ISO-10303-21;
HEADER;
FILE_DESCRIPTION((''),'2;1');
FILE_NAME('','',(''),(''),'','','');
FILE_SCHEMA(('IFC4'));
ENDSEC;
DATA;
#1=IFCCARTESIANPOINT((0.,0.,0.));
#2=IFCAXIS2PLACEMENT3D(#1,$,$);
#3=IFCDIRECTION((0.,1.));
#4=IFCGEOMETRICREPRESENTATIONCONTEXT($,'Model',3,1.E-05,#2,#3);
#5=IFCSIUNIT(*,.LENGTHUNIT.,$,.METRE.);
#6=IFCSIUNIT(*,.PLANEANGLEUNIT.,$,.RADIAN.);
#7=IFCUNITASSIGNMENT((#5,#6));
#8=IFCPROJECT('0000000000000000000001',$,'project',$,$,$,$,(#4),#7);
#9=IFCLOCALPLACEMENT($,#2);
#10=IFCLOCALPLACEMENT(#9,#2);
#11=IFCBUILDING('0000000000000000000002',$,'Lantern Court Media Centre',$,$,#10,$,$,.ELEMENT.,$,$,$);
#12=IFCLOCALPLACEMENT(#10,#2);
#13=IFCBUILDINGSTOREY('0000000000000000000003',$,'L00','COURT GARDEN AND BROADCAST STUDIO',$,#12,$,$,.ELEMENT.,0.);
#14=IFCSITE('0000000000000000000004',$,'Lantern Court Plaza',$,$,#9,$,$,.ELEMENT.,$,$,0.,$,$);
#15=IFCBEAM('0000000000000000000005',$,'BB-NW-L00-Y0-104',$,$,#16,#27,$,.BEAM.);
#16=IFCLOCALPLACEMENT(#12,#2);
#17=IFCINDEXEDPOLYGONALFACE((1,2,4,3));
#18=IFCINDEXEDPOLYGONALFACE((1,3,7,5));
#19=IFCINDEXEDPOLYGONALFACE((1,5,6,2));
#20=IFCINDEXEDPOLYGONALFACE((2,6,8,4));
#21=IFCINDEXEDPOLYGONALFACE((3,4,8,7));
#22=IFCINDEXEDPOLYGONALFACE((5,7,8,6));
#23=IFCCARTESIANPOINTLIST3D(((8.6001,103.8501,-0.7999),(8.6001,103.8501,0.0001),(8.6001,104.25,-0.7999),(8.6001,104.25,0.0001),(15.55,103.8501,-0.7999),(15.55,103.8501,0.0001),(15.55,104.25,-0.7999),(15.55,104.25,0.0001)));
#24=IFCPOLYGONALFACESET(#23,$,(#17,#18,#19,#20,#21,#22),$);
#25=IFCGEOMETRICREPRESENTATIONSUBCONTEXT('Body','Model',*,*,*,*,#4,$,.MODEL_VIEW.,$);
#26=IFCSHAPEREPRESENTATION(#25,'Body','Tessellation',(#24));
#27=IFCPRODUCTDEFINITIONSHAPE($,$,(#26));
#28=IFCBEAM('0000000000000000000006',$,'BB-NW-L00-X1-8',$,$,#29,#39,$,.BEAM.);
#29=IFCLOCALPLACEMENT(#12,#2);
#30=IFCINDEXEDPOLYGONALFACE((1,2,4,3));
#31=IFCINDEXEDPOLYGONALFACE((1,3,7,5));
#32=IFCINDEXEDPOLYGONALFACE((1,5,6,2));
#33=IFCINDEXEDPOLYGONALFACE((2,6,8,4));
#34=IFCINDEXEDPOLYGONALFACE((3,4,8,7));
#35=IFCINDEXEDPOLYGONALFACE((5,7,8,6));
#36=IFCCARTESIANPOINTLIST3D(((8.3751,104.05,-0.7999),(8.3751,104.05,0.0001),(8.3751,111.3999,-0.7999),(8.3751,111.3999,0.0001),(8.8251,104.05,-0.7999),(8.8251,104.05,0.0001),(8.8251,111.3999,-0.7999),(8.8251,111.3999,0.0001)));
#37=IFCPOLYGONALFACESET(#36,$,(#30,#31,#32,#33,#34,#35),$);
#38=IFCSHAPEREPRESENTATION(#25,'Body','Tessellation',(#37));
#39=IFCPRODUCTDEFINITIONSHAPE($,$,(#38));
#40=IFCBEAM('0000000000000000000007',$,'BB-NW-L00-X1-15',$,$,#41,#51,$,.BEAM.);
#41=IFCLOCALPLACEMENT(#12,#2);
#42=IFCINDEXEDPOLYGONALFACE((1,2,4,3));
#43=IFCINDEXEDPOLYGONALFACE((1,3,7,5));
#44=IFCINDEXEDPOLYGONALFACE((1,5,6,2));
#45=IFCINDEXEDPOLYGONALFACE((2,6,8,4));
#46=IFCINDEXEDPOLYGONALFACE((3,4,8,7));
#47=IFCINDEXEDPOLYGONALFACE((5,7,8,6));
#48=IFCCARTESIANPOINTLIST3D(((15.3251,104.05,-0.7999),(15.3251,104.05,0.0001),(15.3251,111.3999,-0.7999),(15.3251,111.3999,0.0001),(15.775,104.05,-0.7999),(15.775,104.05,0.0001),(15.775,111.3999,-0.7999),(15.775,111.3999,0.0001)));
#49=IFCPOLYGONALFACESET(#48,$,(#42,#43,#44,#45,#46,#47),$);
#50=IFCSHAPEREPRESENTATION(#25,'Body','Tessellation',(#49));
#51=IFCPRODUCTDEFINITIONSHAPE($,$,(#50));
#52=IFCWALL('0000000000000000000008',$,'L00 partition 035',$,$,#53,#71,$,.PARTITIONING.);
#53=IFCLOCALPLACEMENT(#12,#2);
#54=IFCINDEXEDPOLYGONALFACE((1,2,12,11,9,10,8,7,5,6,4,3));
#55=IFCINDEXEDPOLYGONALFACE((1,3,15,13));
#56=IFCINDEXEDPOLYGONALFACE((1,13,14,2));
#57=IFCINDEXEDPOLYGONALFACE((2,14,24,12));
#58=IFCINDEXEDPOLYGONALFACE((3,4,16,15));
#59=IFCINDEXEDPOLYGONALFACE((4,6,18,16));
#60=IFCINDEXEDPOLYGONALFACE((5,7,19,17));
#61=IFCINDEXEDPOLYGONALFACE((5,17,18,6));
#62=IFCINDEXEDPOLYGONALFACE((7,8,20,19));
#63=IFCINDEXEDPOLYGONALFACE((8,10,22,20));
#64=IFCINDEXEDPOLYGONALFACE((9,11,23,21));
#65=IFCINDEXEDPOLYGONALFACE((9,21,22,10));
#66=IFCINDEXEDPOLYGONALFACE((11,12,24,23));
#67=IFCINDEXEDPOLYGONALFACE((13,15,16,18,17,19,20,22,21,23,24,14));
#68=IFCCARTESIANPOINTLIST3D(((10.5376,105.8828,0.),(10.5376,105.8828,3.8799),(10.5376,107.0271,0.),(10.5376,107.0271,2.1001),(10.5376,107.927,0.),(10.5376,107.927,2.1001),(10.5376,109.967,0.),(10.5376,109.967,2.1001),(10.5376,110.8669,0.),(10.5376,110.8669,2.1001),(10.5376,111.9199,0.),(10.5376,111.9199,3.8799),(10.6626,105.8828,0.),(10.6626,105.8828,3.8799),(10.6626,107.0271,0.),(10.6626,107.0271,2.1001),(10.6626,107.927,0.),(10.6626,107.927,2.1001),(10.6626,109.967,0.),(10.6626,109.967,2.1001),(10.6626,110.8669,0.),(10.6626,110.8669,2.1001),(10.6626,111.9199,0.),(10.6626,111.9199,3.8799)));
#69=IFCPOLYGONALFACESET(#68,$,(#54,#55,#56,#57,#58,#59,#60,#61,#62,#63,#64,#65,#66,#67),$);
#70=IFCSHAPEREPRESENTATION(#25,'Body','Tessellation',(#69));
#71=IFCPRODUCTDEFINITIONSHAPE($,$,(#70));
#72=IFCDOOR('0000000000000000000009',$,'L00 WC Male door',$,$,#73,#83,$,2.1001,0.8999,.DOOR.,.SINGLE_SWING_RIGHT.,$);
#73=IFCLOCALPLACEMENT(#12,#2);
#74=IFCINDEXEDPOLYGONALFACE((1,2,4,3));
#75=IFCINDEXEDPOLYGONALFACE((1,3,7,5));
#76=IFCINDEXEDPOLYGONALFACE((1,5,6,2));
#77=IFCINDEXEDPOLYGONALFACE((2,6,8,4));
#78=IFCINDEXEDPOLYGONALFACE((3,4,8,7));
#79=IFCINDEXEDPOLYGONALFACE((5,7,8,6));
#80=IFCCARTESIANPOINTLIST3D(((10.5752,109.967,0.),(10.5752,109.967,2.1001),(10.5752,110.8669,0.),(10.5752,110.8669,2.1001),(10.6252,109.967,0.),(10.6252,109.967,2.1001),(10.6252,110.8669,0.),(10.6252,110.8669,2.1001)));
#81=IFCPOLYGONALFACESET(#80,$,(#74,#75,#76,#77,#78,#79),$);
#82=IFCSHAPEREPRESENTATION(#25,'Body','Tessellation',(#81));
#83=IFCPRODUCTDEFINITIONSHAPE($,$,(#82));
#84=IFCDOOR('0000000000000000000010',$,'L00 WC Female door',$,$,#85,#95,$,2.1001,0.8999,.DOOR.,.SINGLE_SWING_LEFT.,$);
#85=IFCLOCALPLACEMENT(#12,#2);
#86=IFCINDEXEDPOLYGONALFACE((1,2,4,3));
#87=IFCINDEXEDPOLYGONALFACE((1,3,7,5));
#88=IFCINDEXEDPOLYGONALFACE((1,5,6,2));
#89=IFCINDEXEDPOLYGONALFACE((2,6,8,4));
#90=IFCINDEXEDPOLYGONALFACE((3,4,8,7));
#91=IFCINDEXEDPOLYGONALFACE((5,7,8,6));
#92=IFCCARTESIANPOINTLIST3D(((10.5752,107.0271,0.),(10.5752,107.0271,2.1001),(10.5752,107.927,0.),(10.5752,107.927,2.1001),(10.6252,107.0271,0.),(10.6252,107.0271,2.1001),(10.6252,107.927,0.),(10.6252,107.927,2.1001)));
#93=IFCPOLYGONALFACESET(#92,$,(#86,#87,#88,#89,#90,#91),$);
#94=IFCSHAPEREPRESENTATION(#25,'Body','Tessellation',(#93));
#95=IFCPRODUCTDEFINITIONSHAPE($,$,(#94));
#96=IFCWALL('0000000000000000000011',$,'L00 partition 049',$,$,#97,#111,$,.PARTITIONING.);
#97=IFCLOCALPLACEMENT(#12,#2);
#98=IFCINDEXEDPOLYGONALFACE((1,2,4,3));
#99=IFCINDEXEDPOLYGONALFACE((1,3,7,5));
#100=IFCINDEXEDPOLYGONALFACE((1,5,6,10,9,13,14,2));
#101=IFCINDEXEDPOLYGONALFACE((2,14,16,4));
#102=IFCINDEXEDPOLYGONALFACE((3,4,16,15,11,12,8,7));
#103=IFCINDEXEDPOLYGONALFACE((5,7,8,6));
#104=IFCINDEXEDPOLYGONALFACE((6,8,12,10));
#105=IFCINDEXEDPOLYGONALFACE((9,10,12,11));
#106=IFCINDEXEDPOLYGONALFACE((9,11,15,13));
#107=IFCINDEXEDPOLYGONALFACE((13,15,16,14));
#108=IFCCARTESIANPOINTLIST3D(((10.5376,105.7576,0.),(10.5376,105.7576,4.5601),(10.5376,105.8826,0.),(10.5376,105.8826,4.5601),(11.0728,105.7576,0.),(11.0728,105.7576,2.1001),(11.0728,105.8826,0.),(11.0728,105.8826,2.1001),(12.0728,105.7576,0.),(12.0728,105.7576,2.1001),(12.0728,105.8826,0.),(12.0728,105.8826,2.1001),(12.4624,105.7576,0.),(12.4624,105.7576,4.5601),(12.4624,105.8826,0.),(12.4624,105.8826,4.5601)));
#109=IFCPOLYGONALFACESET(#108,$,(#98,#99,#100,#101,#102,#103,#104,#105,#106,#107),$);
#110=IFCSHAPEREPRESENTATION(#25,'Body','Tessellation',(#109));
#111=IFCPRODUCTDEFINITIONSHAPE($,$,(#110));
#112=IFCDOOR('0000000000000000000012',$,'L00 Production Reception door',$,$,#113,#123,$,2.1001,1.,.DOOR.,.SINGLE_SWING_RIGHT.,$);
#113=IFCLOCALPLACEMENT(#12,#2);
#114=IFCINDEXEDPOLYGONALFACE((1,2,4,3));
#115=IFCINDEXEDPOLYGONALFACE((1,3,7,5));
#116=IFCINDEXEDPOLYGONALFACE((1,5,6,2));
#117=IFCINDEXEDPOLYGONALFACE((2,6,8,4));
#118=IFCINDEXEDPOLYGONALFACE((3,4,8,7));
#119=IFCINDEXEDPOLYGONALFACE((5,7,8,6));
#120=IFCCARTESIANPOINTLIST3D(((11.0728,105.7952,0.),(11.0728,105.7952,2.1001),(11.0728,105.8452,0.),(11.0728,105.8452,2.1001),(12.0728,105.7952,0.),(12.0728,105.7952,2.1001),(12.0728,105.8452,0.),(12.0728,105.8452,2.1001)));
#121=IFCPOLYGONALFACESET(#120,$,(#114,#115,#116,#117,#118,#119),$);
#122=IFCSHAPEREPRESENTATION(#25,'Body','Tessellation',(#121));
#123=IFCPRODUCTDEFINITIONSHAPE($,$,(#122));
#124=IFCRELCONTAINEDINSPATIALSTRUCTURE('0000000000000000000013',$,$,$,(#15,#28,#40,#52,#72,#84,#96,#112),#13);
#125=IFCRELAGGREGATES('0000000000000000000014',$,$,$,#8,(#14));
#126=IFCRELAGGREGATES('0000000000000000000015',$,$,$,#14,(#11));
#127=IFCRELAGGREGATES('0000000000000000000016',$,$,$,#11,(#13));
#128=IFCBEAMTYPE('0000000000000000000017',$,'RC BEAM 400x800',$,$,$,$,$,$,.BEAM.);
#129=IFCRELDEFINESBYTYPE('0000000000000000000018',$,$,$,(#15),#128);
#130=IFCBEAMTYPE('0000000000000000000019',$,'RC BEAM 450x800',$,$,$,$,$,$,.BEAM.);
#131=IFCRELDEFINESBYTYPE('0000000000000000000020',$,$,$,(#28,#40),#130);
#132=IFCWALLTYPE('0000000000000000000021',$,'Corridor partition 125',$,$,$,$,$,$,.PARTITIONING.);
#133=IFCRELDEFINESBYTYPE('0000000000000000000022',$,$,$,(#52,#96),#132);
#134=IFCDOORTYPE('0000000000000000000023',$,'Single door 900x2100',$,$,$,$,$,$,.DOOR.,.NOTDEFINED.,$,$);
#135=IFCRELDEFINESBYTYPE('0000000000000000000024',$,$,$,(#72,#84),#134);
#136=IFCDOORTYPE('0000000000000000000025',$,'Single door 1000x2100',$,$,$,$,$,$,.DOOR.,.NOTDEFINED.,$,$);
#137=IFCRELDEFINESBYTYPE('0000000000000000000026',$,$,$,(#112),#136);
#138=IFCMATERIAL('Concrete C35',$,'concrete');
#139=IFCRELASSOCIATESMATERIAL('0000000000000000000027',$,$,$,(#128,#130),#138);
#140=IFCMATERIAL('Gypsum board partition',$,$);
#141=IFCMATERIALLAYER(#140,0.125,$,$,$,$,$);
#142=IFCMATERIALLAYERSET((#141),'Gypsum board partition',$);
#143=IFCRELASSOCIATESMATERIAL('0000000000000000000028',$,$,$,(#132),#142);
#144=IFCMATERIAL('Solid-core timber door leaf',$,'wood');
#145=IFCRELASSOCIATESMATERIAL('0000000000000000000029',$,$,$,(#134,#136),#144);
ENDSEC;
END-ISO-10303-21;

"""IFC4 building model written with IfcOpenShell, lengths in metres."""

from ifc_helpers import new_model, si_unit, direction, frame, frame_2d, origin, origin_2d, place, context, subcontext, project, spatial, rectangle, extrude, material, layer, layer_set, material_profile, profile_set, type_object, element, fill, save


model = new_model("IFC4")

# Units and contexts
model_context = context("Model", 3, precision=1e-05, world=origin(), true_north=direction((0.0, 1.0)))
body_context = subcontext(model_context, "Body", "Model", "MODEL_VIEW")
ifc_project = project(units=[si_unit("LENGTHUNIT", "METRE"), si_unit("PLANEANGLEUNIT", "RADIAN")], contexts=[model_context])

# Site, building, storey
site_placement = place(None, origin())
site = spatial("IfcSite", under=ifc_project, at=site_placement, Name="Lantern Court Plaza", CompositionType="ELEMENT", RefElevation=0.0)
building_placement = place(site_placement, origin())
building = spatial("IfcBuilding", under=site, at=building_placement, Name="Lantern Court Media Centre", CompositionType="ELEMENT")
storey_placement = place(building_placement, origin())
storey = spatial("IfcBuildingStorey", under=building, at=storey_placement, Name="L00", Description="COURT GARDEN AND BROADCAST STUDIO", CompositionType="ELEMENT", Elevation=0.0)

# Shared definitions
ifc_material_1 = material(Name="Concrete C35", Category="concrete")

# Beams
ifc_material_profile_1 = material_profile(ifc_material_1, rectangle(XDim=0.3999, YDim=0.8, at=origin_2d()), Name="RC 400x800")
ifc_profile_set_1 = profile_set([ifc_material_profile_1], Name="Concrete C35")
beam_type_1 = type_object("IfcBeamType", Name="RC BEAM 400x800", PredefinedType="BEAM", material=ifc_profile_set_1)
beam_placement = place(storey_placement, frame((8.6001, 104.05, -0.3999), z_axis=(1.0, 0.0, 0.0), x_axis=(0.0, 1.0, 0.0)))
element("IfcBeam", 1, at=beam_placement, inside=storey, type_object=beam_type_1, Name="BB-NW-L00-Y0-104", PredefinedType="BEAM", context=body_context, shape_type="SweptSolid", body=[
    extrude(rectangle(XDim=0.3999, YDim=0.8, at=origin_2d()), origin(), (0.0, 0.0, 1.0), 6.95),
])
ifc_material_profile_2 = material_profile(ifc_material_1, rectangle(XDim=0.45, YDim=0.8, at=origin_2d()), Name="RC 450x800")
ifc_profile_set_2 = profile_set([ifc_material_profile_2], Name="Concrete C35")
beam_type_2 = type_object("IfcBeamType", Name="RC BEAM 450x800", PredefinedType="BEAM", material=ifc_profile_set_2)
for number, where, z_axis, x_axis, name in (
    (2, (8.6001, 104.05, -0.3999), (0.0, 1.0, 0.0), (-1.0, 0.0, 0.0), "BB-NW-L00-X1-8"),
    (3, (15.55, 104.05, -0.3999), (0.0, 1.0, 0.0), (-1.0, 0.0, 0.0), "BB-NW-L00-X1-15"),
):
    element("IfcBeam", number, at=place(storey_placement, frame(where, z_axis=z_axis, x_axis=x_axis)), inside=storey, type_object=beam_type_2, Name=name, PredefinedType="BEAM", context=body_context, shape_type="SweptSolid", body=[
        extrude(rectangle(XDim=0.45, YDim=0.8, at=origin_2d()), origin(), (0.0, 0.0, 1.0), 7.3499),
    ])

# Wall, openings, doors
ifc_material_2 = material(Name="Gypsum board partition")
ifc_layer_1 = layer(ifc_material_2, 0.125)
ifc_layer_set_1 = layer_set([ifc_layer_1], Name="Gypsum board partition")
wall_type_1 = type_object("IfcWallType", Name="Corridor partition 125", PredefinedType="PARTITIONING", material=ifc_layer_set_1)
wall_1_placement = place(storey_placement, frame((10.6001, 105.8828, 0.0), z_axis=(0.0, 0.0, 1.0), x_axis=(0.0, 1.0, 0.0)))
wall_1 = element("IfcWall", 4, at=wall_1_placement, inside=storey, type_object=wall_type_1, Name="L00 partition 035", PredefinedType="PARTITIONING", context=body_context, shape_type="SweptSolid", body=[
    extrude(rectangle(XDim=6.0371, YDim=0.125, at=frame_2d((3.0186, 0.0))), origin(), (0.0, 0.0, 1.0), 3.8799),
])
opening_1_placement = place(wall_1_placement, frame((4.0842, 0.0, 0.0)))
opening_1 = element("IfcOpeningElement", 5, at=opening_1_placement, cuts=wall_1, PredefinedType="OPENING", context=body_context, shape_type="SweptSolid", body=[
    extrude(rectangle(XDim=0.8999, YDim=2.1001, at=frame_2d((0.45, 1.05))), frame((0.0, 0.0725, 0.0), z_axis=(0.0, -1.0, 0.0), x_axis=(1.0, 0.0, 0.0)), (0.0, 0.0, 1.0), 0.145),
])
opening_2_placement = place(wall_1_placement, frame((1.1443, 0.0, 0.0)))
opening_2 = element("IfcOpeningElement", 6, at=opening_2_placement, cuts=wall_1, PredefinedType="OPENING", context=body_context, shape_type="SweptSolid", body=[
    extrude(rectangle(XDim=0.8999, YDim=2.1001, at=frame_2d((0.45, 1.05))), frame((0.0, 0.0725, 0.0), z_axis=(0.0, -1.0, 0.0), x_axis=(1.0, 0.0, 0.0)), (0.0, 0.0, 1.0), 0.145),
])
ifc_material_3 = material(Name="Solid-core timber door leaf", Category="wood")
door_type_1 = type_object("IfcDoorType", Name="Single door 900x2100", OperationType="NOTDEFINED", PredefinedType="DOOR", material=ifc_material_3)
door_1_placement = place(opening_1_placement, origin())
door_1 = element("IfcDoor", 7, at=door_1_placement, inside=storey, type_object=door_type_1, Name="L00 WC Male door", OperationType="SINGLE_SWING_RIGHT", OverallHeight=2.1001, OverallWidth=0.8999, PredefinedType="DOOR", context=body_context, shape_type="SweptSolid", body=[
    extrude(rectangle(XDim=0.8999, YDim=2.1001, at=frame_2d((0.45, 1.05))), frame((0.0, 0.0249, 0.0), z_axis=(0.0, -1.0, 0.0), x_axis=(1.0, 0.0, 0.0)), (0.0, 0.0, 1.0), 0.05),
])
fill(opening_1, door_1)
door_2_placement = place(opening_2_placement, origin())
door_2 = element("IfcDoor", 8, at=door_2_placement, inside=storey, type_object=door_type_1, Name="L00 WC Female door", OperationType="SINGLE_SWING_LEFT", OverallHeight=2.1001, OverallWidth=0.8999, PredefinedType="DOOR", context=body_context, shape_type="SweptSolid", body=[
    extrude(rectangle(XDim=0.8999, YDim=2.1001, at=frame_2d((0.45, 1.05))), frame((0.0, 0.0249, 0.0), z_axis=(0.0, -1.0, 0.0), x_axis=(1.0, 0.0, 0.0)), (0.0, 0.0, 1.0), 0.05),
])
fill(opening_2, door_2)

# Wall, opening, door
wall_2_placement = place(storey_placement, frame((10.5376, 105.8201, 0.0), z_axis=(0.0, 0.0, 1.0), x_axis=(1.0, 0.0, 0.0)))
wall_2 = element("IfcWall", 9, at=wall_2_placement, inside=storey, type_object=wall_type_1, Name="L00 partition 049", PredefinedType="PARTITIONING", context=body_context, shape_type="SweptSolid", body=[
    extrude(rectangle(XDim=1.9248, YDim=0.125, at=frame_2d((0.9624, 0.0))), origin(), (0.0, 0.0, 1.0), 4.5601),
])
opening_3_placement = place(wall_2_placement, frame((0.5352, 0.0, 0.0)))
opening_3 = element("IfcOpeningElement", 10, at=opening_3_placement, cuts=wall_2, PredefinedType="OPENING", context=body_context, shape_type="SweptSolid", body=[
    extrude(rectangle(XDim=1.0, YDim=2.1001, at=frame_2d((0.5, 1.05))), frame((0.0, 0.0725, 0.0), z_axis=(0.0, -1.0, 0.0), x_axis=(1.0, 0.0, 0.0)), (0.0, 0.0, 1.0), 0.145),
])
door_type_2 = type_object("IfcDoorType", Name="Single door 1000x2100", OperationType="NOTDEFINED", PredefinedType="DOOR", material=ifc_material_3)
door_3_placement = place(opening_3_placement, frame((1.0, 0.0, 0.0), z_axis=(0.0, 0.0, 1.0), x_axis=(-1.0, 0.0, 0.0)))
door_3 = element("IfcDoor", 11, at=door_3_placement, inside=storey, type_object=door_type_2, Name="L00 Production Reception door", OperationType="SINGLE_SWING_RIGHT", OverallHeight=2.1001, OverallWidth=1.0, PredefinedType="DOOR", context=body_context, shape_type="SweptSolid", body=[
    extrude(rectangle(XDim=1.0, YDim=2.1001, at=frame_2d((0.5, 1.05))), frame((0.0, 0.0249, 0.0), z_axis=(0.0, -1.0, 0.0), x_axis=(1.0, 0.0, 0.0)), (0.0, 0.0, 1.0), 0.05),
])
fill(opening_3, door_3)

save(model, "model.ifc")
